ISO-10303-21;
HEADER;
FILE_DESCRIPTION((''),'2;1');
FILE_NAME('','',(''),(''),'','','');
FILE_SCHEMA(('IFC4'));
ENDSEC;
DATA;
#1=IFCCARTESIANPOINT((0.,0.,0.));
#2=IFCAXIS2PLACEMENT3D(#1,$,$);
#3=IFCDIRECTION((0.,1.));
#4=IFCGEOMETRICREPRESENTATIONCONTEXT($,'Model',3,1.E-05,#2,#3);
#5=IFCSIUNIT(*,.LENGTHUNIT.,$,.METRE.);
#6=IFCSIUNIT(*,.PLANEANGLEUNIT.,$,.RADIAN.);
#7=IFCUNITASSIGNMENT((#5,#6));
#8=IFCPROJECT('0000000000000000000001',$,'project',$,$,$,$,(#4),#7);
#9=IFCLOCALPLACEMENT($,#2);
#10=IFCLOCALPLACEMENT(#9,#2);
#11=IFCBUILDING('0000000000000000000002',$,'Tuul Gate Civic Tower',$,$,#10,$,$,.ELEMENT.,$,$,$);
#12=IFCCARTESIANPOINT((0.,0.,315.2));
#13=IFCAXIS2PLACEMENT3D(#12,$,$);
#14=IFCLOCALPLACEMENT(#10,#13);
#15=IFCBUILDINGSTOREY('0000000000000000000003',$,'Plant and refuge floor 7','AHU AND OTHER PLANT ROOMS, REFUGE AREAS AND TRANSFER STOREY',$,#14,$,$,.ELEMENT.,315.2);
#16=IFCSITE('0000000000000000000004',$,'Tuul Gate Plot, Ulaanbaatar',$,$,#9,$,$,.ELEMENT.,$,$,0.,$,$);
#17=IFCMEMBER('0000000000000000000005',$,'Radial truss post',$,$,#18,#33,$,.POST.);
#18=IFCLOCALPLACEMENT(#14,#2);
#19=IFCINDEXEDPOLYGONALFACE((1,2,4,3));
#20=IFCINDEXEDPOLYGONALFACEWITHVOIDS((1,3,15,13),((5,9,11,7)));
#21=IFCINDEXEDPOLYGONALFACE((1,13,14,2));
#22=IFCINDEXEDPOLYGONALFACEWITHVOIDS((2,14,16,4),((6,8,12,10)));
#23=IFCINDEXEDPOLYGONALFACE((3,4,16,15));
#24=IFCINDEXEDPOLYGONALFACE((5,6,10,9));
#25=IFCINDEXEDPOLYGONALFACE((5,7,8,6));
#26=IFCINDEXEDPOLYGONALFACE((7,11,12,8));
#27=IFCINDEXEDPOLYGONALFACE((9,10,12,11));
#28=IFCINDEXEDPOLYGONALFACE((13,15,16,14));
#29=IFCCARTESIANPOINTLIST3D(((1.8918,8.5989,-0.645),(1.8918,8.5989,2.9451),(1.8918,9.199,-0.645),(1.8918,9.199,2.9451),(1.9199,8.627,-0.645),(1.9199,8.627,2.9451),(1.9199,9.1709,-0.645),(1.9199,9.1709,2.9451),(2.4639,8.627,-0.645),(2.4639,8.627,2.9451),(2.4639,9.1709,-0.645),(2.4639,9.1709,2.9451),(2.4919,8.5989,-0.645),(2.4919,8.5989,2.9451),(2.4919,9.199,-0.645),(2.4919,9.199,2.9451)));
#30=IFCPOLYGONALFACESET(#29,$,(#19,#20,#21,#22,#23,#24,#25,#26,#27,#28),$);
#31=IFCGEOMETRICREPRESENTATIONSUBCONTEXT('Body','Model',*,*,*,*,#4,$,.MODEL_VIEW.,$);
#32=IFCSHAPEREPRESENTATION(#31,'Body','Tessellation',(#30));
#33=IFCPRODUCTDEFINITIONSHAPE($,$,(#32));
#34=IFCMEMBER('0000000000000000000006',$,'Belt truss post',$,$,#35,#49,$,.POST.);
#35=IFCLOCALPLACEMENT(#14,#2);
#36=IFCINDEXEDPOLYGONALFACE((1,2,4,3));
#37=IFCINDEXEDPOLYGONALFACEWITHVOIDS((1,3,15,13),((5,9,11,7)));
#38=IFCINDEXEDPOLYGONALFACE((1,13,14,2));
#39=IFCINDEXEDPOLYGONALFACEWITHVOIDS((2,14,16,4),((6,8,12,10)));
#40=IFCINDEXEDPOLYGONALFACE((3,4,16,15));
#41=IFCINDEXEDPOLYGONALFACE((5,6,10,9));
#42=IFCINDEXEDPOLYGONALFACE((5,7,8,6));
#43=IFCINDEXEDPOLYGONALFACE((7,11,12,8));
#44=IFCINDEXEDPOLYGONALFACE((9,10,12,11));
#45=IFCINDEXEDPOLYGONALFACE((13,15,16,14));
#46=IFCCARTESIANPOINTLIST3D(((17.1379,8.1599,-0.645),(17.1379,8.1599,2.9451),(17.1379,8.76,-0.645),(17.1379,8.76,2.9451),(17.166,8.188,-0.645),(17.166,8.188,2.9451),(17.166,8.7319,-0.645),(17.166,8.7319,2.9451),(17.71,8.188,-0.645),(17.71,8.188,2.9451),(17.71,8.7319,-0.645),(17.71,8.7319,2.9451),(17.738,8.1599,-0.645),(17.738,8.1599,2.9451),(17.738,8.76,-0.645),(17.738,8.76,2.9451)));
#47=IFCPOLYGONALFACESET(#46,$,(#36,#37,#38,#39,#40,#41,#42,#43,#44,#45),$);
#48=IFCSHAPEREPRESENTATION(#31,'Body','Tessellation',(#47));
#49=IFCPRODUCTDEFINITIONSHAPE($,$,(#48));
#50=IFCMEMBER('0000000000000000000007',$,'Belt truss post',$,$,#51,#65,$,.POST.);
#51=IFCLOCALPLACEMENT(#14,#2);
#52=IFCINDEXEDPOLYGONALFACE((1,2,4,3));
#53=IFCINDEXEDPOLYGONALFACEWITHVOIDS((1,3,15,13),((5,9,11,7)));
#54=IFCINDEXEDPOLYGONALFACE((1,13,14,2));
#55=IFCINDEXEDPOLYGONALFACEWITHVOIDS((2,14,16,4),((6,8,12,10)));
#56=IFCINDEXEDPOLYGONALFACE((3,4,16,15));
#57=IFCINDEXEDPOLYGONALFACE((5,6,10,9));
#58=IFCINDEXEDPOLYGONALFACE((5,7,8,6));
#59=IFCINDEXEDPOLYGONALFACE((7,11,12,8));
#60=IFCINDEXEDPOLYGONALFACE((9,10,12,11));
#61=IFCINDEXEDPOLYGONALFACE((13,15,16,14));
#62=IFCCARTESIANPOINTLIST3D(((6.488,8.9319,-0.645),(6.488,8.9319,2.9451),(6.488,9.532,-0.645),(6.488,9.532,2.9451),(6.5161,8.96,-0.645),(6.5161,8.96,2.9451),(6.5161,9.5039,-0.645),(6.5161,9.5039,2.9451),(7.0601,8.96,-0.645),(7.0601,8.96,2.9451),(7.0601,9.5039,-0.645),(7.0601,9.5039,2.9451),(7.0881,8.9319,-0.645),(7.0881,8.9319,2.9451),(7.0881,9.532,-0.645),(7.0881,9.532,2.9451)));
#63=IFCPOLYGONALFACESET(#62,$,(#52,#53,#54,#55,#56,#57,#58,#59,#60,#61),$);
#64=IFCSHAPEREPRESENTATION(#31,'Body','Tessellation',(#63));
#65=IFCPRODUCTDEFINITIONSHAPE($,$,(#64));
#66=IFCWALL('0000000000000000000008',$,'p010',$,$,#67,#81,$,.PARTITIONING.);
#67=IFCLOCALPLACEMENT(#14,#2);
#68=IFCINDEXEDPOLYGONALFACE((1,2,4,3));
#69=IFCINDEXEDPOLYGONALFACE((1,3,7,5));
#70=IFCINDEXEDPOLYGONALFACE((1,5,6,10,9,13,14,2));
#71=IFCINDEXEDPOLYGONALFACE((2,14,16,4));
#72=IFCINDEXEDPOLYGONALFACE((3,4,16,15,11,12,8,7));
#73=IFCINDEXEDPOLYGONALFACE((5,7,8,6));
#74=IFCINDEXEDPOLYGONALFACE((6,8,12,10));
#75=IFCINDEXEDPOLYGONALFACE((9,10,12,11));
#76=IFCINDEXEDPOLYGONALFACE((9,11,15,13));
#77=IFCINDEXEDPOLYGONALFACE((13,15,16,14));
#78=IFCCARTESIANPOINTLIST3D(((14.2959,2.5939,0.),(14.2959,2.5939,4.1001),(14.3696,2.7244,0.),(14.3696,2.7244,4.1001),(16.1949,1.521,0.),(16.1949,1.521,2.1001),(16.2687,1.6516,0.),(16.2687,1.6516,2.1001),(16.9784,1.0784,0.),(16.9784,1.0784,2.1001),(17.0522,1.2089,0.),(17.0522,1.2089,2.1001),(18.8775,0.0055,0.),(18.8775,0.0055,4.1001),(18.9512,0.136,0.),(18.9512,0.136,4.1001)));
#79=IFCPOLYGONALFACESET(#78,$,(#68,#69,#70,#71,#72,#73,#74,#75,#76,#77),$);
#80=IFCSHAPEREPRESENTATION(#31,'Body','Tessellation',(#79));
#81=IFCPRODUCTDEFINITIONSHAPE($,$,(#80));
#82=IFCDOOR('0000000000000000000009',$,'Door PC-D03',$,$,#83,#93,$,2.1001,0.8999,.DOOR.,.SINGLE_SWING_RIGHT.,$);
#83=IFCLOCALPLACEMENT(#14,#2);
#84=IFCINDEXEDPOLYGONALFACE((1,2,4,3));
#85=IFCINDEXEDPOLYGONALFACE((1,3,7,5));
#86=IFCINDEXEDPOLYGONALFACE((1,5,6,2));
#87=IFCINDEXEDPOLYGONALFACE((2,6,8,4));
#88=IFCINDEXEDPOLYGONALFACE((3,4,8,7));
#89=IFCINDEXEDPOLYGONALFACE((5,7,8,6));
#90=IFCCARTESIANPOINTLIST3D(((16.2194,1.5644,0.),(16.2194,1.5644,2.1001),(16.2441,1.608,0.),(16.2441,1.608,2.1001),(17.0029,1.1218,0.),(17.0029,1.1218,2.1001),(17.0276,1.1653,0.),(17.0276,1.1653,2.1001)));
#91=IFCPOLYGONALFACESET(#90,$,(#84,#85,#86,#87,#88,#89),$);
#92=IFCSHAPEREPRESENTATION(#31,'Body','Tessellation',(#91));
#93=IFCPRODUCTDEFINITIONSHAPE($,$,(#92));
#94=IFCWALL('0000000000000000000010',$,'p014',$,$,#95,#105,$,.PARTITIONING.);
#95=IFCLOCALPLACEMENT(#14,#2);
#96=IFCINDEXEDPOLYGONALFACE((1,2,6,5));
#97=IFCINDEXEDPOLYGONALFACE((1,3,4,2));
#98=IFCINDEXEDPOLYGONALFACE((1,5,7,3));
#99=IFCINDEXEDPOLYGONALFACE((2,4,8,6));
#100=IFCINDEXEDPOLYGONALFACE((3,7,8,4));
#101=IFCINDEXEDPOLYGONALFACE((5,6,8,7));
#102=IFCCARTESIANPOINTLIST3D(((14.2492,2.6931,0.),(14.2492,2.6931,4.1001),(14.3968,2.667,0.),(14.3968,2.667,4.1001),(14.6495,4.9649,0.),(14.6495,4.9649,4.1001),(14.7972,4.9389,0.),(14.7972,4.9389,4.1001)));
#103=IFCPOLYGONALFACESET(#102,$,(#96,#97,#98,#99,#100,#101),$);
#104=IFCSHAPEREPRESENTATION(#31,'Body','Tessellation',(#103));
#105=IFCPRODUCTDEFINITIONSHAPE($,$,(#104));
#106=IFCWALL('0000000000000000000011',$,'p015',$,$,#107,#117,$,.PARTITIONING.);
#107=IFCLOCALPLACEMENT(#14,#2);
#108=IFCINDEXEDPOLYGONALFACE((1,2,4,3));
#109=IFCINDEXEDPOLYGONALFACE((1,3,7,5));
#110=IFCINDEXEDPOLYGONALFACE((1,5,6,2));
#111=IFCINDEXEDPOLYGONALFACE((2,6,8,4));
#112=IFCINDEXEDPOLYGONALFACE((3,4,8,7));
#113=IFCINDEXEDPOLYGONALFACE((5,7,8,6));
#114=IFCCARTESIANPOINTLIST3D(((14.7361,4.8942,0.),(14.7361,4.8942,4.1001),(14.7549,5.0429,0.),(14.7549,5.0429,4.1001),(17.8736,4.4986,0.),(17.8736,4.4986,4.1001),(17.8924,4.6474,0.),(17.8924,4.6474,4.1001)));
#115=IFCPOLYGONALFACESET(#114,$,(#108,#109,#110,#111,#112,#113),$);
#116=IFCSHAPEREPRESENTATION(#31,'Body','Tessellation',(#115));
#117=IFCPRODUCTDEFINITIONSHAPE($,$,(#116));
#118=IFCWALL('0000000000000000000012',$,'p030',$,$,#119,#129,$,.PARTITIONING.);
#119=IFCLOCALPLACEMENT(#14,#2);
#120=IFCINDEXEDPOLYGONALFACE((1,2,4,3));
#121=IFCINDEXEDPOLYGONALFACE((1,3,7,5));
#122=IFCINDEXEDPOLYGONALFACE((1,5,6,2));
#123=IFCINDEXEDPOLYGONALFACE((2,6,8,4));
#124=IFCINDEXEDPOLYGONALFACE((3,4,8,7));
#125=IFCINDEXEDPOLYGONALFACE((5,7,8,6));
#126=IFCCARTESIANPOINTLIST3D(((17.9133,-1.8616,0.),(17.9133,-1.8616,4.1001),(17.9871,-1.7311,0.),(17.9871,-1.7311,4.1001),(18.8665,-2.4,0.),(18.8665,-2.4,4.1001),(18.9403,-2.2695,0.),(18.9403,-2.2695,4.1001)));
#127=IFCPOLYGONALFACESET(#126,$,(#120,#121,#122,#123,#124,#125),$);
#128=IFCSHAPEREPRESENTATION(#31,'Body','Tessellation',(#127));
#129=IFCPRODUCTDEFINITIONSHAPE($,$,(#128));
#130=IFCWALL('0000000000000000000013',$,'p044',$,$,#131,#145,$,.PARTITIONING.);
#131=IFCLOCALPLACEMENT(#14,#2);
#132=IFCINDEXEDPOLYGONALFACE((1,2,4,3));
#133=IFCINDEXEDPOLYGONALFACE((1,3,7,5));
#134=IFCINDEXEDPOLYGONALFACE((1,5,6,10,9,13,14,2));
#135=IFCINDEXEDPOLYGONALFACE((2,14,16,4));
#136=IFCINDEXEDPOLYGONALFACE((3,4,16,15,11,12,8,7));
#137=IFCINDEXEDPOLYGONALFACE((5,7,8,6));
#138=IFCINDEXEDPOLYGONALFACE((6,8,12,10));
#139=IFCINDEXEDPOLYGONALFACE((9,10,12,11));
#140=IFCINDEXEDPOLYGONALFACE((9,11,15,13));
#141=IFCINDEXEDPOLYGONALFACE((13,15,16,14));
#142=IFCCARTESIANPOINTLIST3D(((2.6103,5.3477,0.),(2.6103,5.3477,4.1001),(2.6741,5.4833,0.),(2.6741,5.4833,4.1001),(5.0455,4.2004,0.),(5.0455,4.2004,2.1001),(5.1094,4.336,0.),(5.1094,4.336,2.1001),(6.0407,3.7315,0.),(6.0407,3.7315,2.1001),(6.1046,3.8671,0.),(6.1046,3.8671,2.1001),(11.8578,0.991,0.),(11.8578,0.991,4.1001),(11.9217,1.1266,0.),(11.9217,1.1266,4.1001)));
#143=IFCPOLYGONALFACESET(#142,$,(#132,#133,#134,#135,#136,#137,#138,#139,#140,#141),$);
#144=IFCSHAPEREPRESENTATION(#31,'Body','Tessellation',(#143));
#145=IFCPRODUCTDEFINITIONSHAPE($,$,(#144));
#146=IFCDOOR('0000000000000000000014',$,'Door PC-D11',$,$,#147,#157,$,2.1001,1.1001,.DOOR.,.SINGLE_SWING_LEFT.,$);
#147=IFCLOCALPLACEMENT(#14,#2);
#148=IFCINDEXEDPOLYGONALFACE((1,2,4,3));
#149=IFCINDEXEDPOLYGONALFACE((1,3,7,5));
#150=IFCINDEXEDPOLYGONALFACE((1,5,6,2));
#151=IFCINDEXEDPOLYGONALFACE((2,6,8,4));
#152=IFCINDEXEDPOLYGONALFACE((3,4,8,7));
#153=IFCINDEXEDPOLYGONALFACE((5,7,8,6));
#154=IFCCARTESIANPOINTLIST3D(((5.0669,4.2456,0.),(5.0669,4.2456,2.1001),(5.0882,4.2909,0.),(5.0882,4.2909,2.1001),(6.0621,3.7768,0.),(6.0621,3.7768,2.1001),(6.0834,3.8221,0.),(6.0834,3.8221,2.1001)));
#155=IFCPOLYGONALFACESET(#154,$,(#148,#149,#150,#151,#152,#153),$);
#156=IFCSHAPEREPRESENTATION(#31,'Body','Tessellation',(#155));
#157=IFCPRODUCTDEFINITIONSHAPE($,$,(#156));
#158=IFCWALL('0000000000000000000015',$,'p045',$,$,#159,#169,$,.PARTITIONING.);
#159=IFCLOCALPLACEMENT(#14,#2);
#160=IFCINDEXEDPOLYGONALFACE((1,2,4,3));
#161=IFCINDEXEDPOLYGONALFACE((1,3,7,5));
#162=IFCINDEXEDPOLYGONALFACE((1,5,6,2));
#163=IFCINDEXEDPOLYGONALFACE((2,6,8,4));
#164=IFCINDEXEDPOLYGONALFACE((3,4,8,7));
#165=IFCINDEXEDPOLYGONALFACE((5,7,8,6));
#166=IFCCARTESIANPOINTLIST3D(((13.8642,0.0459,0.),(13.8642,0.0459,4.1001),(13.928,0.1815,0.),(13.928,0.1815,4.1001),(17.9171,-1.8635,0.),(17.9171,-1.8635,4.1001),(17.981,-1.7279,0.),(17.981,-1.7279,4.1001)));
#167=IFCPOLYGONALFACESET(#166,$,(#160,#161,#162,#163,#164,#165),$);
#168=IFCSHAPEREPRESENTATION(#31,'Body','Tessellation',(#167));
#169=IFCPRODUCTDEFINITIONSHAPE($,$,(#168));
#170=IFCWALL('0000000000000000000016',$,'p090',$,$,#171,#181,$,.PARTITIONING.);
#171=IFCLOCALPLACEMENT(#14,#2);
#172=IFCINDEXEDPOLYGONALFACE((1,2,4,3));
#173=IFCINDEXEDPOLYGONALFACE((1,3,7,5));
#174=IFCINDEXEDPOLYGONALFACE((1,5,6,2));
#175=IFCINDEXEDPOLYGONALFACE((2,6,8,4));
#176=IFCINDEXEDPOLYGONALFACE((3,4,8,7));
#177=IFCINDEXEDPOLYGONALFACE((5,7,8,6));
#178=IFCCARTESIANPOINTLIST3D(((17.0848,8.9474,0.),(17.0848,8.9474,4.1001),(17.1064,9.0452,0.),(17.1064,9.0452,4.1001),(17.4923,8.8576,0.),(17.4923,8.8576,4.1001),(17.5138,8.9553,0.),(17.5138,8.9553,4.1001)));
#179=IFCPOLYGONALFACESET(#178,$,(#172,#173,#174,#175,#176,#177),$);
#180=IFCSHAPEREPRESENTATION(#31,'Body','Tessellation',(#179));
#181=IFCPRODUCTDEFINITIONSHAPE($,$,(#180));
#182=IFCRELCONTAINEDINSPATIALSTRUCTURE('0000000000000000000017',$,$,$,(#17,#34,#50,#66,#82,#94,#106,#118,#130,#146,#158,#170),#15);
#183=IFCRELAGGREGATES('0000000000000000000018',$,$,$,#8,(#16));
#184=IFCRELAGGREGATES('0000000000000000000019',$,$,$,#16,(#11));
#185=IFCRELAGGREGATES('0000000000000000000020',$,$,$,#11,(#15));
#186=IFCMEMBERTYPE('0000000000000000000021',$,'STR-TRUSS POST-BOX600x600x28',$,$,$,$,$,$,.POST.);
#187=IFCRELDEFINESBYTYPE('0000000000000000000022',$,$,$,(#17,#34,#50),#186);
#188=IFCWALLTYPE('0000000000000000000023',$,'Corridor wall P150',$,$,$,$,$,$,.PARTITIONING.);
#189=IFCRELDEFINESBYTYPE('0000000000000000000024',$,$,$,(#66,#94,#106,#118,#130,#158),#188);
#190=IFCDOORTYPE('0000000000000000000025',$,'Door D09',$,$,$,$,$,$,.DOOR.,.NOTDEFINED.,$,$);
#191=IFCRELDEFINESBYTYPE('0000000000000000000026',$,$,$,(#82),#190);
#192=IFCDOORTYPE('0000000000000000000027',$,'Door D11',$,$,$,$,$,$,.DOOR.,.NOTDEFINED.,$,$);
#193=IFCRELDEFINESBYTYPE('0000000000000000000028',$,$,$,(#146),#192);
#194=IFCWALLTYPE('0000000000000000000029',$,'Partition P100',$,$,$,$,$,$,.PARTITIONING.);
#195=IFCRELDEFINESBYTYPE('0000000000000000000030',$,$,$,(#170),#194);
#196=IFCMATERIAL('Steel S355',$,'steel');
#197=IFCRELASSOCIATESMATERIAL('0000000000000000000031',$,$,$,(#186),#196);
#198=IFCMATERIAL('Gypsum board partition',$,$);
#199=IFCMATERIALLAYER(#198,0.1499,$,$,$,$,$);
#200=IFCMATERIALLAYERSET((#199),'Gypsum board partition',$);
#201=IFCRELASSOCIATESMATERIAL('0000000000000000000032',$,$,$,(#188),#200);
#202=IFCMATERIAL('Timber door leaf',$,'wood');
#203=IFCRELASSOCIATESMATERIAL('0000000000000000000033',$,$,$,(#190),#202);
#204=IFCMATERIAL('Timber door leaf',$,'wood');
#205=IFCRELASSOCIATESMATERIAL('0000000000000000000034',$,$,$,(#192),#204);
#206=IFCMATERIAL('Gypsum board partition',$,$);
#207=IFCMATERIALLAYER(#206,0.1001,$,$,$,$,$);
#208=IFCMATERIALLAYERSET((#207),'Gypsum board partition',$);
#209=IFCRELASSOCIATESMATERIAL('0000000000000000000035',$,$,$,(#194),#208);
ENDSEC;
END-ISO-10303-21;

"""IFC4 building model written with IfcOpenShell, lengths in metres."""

from ifc_helpers import new_model, si_unit, direction, frame, frame_2d, origin, origin_2d, place, context, subcontext, project, spatial, rectangle, hollow_rectangle, extrude, material, layer, layer_set, material_profile, profile_set, type_object, element, fill, save


model = new_model("IFC4")

# Units and contexts
model_context = context("Model", 3, precision=1e-05, world=origin(), true_north=direction((0.0, 1.0)))
body_context = subcontext(model_context, "Body", "Model", "MODEL_VIEW")
ifc_project = project(units=[si_unit("LENGTHUNIT", "METRE"), si_unit("PLANEANGLEUNIT", "RADIAN")], contexts=[model_context])

# Site, building, storey
site_placement = place(None, origin())
site = spatial("IfcSite", under=ifc_project, at=site_placement, Name="Tuul Gate Plot, Ulaanbaatar", CompositionType="ELEMENT", RefElevation=0.0)
building_placement = place(site_placement, origin())
building = spatial("IfcBuilding", under=site, at=building_placement, Name="Tuul Gate Civic Tower", CompositionType="ELEMENT")
storey_placement = place(building_placement, frame((0.0, 0.0, 315.2)))
storey = spatial("IfcBuildingStorey", under=building, at=storey_placement, Name="Plant and refuge floor 7", Description="AHU AND OTHER PLANT ROOMS, REFUGE AREAS AND TRANSFER STOREY", CompositionType="ELEMENT", Elevation=315.2)

# Members
ifc_material_1 = material(Name="Steel S355", Category="steel")
ifc_material_profile_1 = material_profile(ifc_material_1, hollow_rectangle(XDim=0.6001, YDim=0.6001, WallThickness=0.0281, at=origin_2d()), Name="BOX600x600x28")
ifc_profile_set_1 = profile_set([ifc_material_profile_1], Name="Steel S355")
member_type_1 = type_object("IfcMemberType", Name="STR-TRUSS POST-BOX600x600x28", PredefinedType="POST", material=ifc_profile_set_1)
for number, where, z_axis, x_axis, name in (
    (1, (2.1919, 8.8989, -0.645), (0.0, 0.0, 1.0), (1.0, 0.0, 0.0), "Radial truss post"),
    (2, (17.438, 8.46, -0.645), (0.0, 0.0, 1.0), (1.0, 0.0, 0.0), "Belt truss post"),
    (3, (6.7881, 9.2319, -0.645), (0.0, 0.0, 1.0), (1.0, 0.0, 0.0), "Belt truss post"),
):
    element("IfcMember", number, at=place(storey_placement, frame(where, z_axis=z_axis, x_axis=x_axis)), inside=storey, type_object=member_type_1, Name=name, PredefinedType="POST", context=body_context, shape_type="SweptSolid", body=[
        extrude(hollow_rectangle(XDim=0.6001, YDim=0.6001, WallThickness=0.0281, at=origin_2d()), origin(), (0.0, 0.0, 1.0), 3.5901),
    ])

# Wall, opening, door
ifc_material_2 = material(Name="Gypsum board partition")
ifc_layer_1 = layer(ifc_material_2, 0.1499)
ifc_layer_set_1 = layer_set([ifc_layer_1], Name="Gypsum board partition")
wall_type_1 = type_object("IfcWallType", Name="Corridor wall P150", PredefinedType="PARTITIONING", material=ifc_layer_set_1)
wall_1_placement = place(storey_placement, frame((14.3328, 2.6592, 0.0), z_axis=(0.0, 0.0, 1.0), x_axis=(0.87066, -0.491886, 0.0)))
wall_1 = element("IfcWall", 4, at=wall_1_placement, inside=storey, type_object=wall_type_1, Name="p010", PredefinedType="PARTITIONING", context=body_context, shape_type="SweptSolid", body=[
    extrude(rectangle(XDim=5.2622, YDim=0.1499, at=frame_2d((2.6311, 0.0))), origin(), (0.0, 0.0, 1.0), 4.1001),
])
opening_1_placement = place(wall_1_placement, frame((2.1812, 0.0, 0.0)))
opening_1 = element("IfcOpeningElement", 5, at=opening_1_placement, cuts=wall_1, PredefinedType="OPENING", context=body_context, shape_type="SweptSolid", body=[
    extrude(rectangle(XDim=0.8999, YDim=2.1001, at=frame_2d((0.45, 1.05))), frame((0.0, 0.085, 0.0), z_axis=(0.0, -1.0, 0.0), x_axis=(1.0, 0.0, 0.0)), (0.0, 0.0, 1.0), 0.1699),
])
ifc_material_3 = material(Name="Timber door leaf", Category="wood")
door_type_1 = type_object("IfcDoorType", Name="Door D09", OperationType="NOTDEFINED", PredefinedType="DOOR", material=ifc_material_3)
door_1_placement = place(opening_1_placement, origin())
door_1 = element("IfcDoor", 6, at=door_1_placement, inside=storey, type_object=door_type_1, Name="Door PC-D03", OperationType="SINGLE_SWING_RIGHT", OverallHeight=2.1001, OverallWidth=0.8999, PredefinedType="DOOR", context=body_context, shape_type="SweptSolid", body=[
    extrude(rectangle(XDim=0.8999, YDim=2.1001, at=frame_2d((0.45, 1.05))), frame((0.0, 0.0249, 0.0), z_axis=(0.0, -1.0, 0.0), x_axis=(1.0, 0.0, 0.0)), (0.0, 0.0, 1.0), 0.05),
])
fill(opening_1, door_1)

# Walls
wall_2_placement = place(storey_placement, frame((14.323, 2.6802, 0.0), z_axis=(0.0, 0.0, 1.0), x_axis=(0.173556, 0.984824, 0.0)))
element("IfcWall", 7, at=wall_2_placement, inside=storey, type_object=wall_type_1, Name="p014", PredefinedType="PARTITIONING", context=body_context, shape_type="SweptSolid", body=[
    extrude(rectangle(XDim=2.3069, YDim=0.1499, at=frame_2d((1.1533, 0.0))), origin(), (0.0, 0.0, 1.0), 4.1001),
])
wall_3_placement = place(storey_placement, frame((14.7456, 4.9685, 0.0), z_axis=(0.0, 0.0, 1.0), x_axis=(0.992148, -0.12507, 0.0)))
element("IfcWall", 8, at=wall_3_placement, inside=storey, type_object=wall_type_1, Name="p015", PredefinedType="PARTITIONING", context=body_context, shape_type="SweptSolid", body=[
    extrude(rectangle(XDim=3.1624, YDim=0.1499, at=frame_2d((1.5811, 0.0))), origin(), (0.0, 0.0, 1.0), 4.1001),
])
wall_4_placement = place(storey_placement, frame((17.9502, -1.7964, 0.0), z_axis=(0.0, 0.0, 1.0), x_axis=(0.870716, -0.491785, 0.0)))
element("IfcWall", 9, at=wall_4_placement, inside=storey, type_object=wall_type_1, Name="p030", PredefinedType="PARTITIONING", context=body_context, shape_type="SweptSolid", body=[
    extrude(rectangle(XDim=1.0947, YDim=0.1499, at=frame_2d((0.5474, 0.0))), origin(), (0.0, 0.0, 1.0), 4.1001),
])

# Wall, opening, door
wall_5_placement = place(storey_placement, frame((2.6421, 5.4155, 0.0), z_axis=(0.0, 0.0, 1.0), x_axis=(0.904634, -0.426189, 0.0)))
wall_5 = element("IfcWall", 10, at=wall_5_placement, inside=storey, type_object=wall_type_1, Name="p044", PredefinedType="PARTITIONING", context=body_context, shape_type="SweptSolid", body=[
    extrude(rectangle(XDim=10.2224, YDim=0.1499, at=frame_2d((5.1113, 0.0))), origin(), (0.0, 0.0, 1.0), 4.1001),
])
opening_2_placement = place(wall_5_placement, frame((2.6921, 0.0, 0.0)))
opening_2 = element("IfcOpeningElement", 11, at=opening_2_placement, cuts=wall_5, PredefinedType="OPENING", context=body_context, shape_type="SweptSolid", body=[
    extrude(rectangle(XDim=1.1001, YDim=2.1001, at=frame_2d((0.55, 1.05))), frame((0.0, 0.085, 0.0), z_axis=(0.0, -1.0, 0.0), x_axis=(1.0, 0.0, 0.0)), (0.0, 0.0, 1.0), 0.1699),
])
ifc_material_4 = material(Name="Timber door leaf", Category="wood")
door_type_2 = type_object("IfcDoorType", Name="Door D11", OperationType="NOTDEFINED", PredefinedType="DOOR", material=ifc_material_4)
door_2_placement = place(opening_2_placement, frame((1.1001, 0.0, 0.0), z_axis=(0.0, 0.0, 1.0), x_axis=(-1.0, 0.0, 0.0)))
door_2 = element("IfcDoor", 12, at=door_2_placement, inside=storey, type_object=door_type_2, Name="Door PC-D11", OperationType="SINGLE_SWING_LEFT", OverallHeight=2.1001, OverallWidth=1.1001, PredefinedType="DOOR", context=body_context, shape_type="SweptSolid", body=[
    extrude(rectangle(XDim=1.1001, YDim=2.1001, at=frame_2d((0.55, 1.05))), frame((0.0, 0.0249, 0.0), z_axis=(0.0, -1.0, 0.0), x_axis=(1.0, 0.0, 0.0)), (0.0, 0.0, 1.0), 0.05),
])
fill(opening_2, door_2)

# Walls
wall_6_placement = place(storey_placement, frame((13.896, 0.1138, 0.0), z_axis=(0.0, 0.0, 1.0), x_axis=(0.904635, -0.426188, 0.0)))
element("IfcWall", 13, at=wall_6_placement, inside=storey, type_object=wall_type_1, Name="p045", PredefinedType="PARTITIONING", context=body_context, shape_type="SweptSolid", body=[
    extrude(rectangle(XDim=4.4802, YDim=0.1499, at=frame_2d((2.2402, 0.0))), origin(), (0.0, 0.0, 1.0), 4.1001),
])
ifc_material_5 = material(Name="Gypsum board partition")
ifc_layer_2 = layer(ifc_material_5, 0.1001)
ifc_layer_set_2 = layer_set([ifc_layer_2], Name="Gypsum board partition")
wall_type_2 = type_object("IfcWallType", Name="Partition P100", PredefinedType="PARTITIONING", material=ifc_layer_set_2)
wall_7_placement = place(storey_placement, frame((17.5029, 8.9065, 0.0), z_axis=(0.0, 0.0, 1.0), x_axis=(-0.976544, 0.215319, 0.0)))
element("IfcWall", 14, at=wall_7_placement, inside=storey, type_object=wall_type_2, Name="p090", PredefinedType="PARTITIONING", context=body_context, shape_type="SweptSolid", body=[
    extrude(rectangle(XDim=0.4172, YDim=0.1001, at=frame_2d((0.2085, 0.0))), origin(), (0.0, 0.0, 1.0), 4.1001),
])

save(model, "model.ifc")
